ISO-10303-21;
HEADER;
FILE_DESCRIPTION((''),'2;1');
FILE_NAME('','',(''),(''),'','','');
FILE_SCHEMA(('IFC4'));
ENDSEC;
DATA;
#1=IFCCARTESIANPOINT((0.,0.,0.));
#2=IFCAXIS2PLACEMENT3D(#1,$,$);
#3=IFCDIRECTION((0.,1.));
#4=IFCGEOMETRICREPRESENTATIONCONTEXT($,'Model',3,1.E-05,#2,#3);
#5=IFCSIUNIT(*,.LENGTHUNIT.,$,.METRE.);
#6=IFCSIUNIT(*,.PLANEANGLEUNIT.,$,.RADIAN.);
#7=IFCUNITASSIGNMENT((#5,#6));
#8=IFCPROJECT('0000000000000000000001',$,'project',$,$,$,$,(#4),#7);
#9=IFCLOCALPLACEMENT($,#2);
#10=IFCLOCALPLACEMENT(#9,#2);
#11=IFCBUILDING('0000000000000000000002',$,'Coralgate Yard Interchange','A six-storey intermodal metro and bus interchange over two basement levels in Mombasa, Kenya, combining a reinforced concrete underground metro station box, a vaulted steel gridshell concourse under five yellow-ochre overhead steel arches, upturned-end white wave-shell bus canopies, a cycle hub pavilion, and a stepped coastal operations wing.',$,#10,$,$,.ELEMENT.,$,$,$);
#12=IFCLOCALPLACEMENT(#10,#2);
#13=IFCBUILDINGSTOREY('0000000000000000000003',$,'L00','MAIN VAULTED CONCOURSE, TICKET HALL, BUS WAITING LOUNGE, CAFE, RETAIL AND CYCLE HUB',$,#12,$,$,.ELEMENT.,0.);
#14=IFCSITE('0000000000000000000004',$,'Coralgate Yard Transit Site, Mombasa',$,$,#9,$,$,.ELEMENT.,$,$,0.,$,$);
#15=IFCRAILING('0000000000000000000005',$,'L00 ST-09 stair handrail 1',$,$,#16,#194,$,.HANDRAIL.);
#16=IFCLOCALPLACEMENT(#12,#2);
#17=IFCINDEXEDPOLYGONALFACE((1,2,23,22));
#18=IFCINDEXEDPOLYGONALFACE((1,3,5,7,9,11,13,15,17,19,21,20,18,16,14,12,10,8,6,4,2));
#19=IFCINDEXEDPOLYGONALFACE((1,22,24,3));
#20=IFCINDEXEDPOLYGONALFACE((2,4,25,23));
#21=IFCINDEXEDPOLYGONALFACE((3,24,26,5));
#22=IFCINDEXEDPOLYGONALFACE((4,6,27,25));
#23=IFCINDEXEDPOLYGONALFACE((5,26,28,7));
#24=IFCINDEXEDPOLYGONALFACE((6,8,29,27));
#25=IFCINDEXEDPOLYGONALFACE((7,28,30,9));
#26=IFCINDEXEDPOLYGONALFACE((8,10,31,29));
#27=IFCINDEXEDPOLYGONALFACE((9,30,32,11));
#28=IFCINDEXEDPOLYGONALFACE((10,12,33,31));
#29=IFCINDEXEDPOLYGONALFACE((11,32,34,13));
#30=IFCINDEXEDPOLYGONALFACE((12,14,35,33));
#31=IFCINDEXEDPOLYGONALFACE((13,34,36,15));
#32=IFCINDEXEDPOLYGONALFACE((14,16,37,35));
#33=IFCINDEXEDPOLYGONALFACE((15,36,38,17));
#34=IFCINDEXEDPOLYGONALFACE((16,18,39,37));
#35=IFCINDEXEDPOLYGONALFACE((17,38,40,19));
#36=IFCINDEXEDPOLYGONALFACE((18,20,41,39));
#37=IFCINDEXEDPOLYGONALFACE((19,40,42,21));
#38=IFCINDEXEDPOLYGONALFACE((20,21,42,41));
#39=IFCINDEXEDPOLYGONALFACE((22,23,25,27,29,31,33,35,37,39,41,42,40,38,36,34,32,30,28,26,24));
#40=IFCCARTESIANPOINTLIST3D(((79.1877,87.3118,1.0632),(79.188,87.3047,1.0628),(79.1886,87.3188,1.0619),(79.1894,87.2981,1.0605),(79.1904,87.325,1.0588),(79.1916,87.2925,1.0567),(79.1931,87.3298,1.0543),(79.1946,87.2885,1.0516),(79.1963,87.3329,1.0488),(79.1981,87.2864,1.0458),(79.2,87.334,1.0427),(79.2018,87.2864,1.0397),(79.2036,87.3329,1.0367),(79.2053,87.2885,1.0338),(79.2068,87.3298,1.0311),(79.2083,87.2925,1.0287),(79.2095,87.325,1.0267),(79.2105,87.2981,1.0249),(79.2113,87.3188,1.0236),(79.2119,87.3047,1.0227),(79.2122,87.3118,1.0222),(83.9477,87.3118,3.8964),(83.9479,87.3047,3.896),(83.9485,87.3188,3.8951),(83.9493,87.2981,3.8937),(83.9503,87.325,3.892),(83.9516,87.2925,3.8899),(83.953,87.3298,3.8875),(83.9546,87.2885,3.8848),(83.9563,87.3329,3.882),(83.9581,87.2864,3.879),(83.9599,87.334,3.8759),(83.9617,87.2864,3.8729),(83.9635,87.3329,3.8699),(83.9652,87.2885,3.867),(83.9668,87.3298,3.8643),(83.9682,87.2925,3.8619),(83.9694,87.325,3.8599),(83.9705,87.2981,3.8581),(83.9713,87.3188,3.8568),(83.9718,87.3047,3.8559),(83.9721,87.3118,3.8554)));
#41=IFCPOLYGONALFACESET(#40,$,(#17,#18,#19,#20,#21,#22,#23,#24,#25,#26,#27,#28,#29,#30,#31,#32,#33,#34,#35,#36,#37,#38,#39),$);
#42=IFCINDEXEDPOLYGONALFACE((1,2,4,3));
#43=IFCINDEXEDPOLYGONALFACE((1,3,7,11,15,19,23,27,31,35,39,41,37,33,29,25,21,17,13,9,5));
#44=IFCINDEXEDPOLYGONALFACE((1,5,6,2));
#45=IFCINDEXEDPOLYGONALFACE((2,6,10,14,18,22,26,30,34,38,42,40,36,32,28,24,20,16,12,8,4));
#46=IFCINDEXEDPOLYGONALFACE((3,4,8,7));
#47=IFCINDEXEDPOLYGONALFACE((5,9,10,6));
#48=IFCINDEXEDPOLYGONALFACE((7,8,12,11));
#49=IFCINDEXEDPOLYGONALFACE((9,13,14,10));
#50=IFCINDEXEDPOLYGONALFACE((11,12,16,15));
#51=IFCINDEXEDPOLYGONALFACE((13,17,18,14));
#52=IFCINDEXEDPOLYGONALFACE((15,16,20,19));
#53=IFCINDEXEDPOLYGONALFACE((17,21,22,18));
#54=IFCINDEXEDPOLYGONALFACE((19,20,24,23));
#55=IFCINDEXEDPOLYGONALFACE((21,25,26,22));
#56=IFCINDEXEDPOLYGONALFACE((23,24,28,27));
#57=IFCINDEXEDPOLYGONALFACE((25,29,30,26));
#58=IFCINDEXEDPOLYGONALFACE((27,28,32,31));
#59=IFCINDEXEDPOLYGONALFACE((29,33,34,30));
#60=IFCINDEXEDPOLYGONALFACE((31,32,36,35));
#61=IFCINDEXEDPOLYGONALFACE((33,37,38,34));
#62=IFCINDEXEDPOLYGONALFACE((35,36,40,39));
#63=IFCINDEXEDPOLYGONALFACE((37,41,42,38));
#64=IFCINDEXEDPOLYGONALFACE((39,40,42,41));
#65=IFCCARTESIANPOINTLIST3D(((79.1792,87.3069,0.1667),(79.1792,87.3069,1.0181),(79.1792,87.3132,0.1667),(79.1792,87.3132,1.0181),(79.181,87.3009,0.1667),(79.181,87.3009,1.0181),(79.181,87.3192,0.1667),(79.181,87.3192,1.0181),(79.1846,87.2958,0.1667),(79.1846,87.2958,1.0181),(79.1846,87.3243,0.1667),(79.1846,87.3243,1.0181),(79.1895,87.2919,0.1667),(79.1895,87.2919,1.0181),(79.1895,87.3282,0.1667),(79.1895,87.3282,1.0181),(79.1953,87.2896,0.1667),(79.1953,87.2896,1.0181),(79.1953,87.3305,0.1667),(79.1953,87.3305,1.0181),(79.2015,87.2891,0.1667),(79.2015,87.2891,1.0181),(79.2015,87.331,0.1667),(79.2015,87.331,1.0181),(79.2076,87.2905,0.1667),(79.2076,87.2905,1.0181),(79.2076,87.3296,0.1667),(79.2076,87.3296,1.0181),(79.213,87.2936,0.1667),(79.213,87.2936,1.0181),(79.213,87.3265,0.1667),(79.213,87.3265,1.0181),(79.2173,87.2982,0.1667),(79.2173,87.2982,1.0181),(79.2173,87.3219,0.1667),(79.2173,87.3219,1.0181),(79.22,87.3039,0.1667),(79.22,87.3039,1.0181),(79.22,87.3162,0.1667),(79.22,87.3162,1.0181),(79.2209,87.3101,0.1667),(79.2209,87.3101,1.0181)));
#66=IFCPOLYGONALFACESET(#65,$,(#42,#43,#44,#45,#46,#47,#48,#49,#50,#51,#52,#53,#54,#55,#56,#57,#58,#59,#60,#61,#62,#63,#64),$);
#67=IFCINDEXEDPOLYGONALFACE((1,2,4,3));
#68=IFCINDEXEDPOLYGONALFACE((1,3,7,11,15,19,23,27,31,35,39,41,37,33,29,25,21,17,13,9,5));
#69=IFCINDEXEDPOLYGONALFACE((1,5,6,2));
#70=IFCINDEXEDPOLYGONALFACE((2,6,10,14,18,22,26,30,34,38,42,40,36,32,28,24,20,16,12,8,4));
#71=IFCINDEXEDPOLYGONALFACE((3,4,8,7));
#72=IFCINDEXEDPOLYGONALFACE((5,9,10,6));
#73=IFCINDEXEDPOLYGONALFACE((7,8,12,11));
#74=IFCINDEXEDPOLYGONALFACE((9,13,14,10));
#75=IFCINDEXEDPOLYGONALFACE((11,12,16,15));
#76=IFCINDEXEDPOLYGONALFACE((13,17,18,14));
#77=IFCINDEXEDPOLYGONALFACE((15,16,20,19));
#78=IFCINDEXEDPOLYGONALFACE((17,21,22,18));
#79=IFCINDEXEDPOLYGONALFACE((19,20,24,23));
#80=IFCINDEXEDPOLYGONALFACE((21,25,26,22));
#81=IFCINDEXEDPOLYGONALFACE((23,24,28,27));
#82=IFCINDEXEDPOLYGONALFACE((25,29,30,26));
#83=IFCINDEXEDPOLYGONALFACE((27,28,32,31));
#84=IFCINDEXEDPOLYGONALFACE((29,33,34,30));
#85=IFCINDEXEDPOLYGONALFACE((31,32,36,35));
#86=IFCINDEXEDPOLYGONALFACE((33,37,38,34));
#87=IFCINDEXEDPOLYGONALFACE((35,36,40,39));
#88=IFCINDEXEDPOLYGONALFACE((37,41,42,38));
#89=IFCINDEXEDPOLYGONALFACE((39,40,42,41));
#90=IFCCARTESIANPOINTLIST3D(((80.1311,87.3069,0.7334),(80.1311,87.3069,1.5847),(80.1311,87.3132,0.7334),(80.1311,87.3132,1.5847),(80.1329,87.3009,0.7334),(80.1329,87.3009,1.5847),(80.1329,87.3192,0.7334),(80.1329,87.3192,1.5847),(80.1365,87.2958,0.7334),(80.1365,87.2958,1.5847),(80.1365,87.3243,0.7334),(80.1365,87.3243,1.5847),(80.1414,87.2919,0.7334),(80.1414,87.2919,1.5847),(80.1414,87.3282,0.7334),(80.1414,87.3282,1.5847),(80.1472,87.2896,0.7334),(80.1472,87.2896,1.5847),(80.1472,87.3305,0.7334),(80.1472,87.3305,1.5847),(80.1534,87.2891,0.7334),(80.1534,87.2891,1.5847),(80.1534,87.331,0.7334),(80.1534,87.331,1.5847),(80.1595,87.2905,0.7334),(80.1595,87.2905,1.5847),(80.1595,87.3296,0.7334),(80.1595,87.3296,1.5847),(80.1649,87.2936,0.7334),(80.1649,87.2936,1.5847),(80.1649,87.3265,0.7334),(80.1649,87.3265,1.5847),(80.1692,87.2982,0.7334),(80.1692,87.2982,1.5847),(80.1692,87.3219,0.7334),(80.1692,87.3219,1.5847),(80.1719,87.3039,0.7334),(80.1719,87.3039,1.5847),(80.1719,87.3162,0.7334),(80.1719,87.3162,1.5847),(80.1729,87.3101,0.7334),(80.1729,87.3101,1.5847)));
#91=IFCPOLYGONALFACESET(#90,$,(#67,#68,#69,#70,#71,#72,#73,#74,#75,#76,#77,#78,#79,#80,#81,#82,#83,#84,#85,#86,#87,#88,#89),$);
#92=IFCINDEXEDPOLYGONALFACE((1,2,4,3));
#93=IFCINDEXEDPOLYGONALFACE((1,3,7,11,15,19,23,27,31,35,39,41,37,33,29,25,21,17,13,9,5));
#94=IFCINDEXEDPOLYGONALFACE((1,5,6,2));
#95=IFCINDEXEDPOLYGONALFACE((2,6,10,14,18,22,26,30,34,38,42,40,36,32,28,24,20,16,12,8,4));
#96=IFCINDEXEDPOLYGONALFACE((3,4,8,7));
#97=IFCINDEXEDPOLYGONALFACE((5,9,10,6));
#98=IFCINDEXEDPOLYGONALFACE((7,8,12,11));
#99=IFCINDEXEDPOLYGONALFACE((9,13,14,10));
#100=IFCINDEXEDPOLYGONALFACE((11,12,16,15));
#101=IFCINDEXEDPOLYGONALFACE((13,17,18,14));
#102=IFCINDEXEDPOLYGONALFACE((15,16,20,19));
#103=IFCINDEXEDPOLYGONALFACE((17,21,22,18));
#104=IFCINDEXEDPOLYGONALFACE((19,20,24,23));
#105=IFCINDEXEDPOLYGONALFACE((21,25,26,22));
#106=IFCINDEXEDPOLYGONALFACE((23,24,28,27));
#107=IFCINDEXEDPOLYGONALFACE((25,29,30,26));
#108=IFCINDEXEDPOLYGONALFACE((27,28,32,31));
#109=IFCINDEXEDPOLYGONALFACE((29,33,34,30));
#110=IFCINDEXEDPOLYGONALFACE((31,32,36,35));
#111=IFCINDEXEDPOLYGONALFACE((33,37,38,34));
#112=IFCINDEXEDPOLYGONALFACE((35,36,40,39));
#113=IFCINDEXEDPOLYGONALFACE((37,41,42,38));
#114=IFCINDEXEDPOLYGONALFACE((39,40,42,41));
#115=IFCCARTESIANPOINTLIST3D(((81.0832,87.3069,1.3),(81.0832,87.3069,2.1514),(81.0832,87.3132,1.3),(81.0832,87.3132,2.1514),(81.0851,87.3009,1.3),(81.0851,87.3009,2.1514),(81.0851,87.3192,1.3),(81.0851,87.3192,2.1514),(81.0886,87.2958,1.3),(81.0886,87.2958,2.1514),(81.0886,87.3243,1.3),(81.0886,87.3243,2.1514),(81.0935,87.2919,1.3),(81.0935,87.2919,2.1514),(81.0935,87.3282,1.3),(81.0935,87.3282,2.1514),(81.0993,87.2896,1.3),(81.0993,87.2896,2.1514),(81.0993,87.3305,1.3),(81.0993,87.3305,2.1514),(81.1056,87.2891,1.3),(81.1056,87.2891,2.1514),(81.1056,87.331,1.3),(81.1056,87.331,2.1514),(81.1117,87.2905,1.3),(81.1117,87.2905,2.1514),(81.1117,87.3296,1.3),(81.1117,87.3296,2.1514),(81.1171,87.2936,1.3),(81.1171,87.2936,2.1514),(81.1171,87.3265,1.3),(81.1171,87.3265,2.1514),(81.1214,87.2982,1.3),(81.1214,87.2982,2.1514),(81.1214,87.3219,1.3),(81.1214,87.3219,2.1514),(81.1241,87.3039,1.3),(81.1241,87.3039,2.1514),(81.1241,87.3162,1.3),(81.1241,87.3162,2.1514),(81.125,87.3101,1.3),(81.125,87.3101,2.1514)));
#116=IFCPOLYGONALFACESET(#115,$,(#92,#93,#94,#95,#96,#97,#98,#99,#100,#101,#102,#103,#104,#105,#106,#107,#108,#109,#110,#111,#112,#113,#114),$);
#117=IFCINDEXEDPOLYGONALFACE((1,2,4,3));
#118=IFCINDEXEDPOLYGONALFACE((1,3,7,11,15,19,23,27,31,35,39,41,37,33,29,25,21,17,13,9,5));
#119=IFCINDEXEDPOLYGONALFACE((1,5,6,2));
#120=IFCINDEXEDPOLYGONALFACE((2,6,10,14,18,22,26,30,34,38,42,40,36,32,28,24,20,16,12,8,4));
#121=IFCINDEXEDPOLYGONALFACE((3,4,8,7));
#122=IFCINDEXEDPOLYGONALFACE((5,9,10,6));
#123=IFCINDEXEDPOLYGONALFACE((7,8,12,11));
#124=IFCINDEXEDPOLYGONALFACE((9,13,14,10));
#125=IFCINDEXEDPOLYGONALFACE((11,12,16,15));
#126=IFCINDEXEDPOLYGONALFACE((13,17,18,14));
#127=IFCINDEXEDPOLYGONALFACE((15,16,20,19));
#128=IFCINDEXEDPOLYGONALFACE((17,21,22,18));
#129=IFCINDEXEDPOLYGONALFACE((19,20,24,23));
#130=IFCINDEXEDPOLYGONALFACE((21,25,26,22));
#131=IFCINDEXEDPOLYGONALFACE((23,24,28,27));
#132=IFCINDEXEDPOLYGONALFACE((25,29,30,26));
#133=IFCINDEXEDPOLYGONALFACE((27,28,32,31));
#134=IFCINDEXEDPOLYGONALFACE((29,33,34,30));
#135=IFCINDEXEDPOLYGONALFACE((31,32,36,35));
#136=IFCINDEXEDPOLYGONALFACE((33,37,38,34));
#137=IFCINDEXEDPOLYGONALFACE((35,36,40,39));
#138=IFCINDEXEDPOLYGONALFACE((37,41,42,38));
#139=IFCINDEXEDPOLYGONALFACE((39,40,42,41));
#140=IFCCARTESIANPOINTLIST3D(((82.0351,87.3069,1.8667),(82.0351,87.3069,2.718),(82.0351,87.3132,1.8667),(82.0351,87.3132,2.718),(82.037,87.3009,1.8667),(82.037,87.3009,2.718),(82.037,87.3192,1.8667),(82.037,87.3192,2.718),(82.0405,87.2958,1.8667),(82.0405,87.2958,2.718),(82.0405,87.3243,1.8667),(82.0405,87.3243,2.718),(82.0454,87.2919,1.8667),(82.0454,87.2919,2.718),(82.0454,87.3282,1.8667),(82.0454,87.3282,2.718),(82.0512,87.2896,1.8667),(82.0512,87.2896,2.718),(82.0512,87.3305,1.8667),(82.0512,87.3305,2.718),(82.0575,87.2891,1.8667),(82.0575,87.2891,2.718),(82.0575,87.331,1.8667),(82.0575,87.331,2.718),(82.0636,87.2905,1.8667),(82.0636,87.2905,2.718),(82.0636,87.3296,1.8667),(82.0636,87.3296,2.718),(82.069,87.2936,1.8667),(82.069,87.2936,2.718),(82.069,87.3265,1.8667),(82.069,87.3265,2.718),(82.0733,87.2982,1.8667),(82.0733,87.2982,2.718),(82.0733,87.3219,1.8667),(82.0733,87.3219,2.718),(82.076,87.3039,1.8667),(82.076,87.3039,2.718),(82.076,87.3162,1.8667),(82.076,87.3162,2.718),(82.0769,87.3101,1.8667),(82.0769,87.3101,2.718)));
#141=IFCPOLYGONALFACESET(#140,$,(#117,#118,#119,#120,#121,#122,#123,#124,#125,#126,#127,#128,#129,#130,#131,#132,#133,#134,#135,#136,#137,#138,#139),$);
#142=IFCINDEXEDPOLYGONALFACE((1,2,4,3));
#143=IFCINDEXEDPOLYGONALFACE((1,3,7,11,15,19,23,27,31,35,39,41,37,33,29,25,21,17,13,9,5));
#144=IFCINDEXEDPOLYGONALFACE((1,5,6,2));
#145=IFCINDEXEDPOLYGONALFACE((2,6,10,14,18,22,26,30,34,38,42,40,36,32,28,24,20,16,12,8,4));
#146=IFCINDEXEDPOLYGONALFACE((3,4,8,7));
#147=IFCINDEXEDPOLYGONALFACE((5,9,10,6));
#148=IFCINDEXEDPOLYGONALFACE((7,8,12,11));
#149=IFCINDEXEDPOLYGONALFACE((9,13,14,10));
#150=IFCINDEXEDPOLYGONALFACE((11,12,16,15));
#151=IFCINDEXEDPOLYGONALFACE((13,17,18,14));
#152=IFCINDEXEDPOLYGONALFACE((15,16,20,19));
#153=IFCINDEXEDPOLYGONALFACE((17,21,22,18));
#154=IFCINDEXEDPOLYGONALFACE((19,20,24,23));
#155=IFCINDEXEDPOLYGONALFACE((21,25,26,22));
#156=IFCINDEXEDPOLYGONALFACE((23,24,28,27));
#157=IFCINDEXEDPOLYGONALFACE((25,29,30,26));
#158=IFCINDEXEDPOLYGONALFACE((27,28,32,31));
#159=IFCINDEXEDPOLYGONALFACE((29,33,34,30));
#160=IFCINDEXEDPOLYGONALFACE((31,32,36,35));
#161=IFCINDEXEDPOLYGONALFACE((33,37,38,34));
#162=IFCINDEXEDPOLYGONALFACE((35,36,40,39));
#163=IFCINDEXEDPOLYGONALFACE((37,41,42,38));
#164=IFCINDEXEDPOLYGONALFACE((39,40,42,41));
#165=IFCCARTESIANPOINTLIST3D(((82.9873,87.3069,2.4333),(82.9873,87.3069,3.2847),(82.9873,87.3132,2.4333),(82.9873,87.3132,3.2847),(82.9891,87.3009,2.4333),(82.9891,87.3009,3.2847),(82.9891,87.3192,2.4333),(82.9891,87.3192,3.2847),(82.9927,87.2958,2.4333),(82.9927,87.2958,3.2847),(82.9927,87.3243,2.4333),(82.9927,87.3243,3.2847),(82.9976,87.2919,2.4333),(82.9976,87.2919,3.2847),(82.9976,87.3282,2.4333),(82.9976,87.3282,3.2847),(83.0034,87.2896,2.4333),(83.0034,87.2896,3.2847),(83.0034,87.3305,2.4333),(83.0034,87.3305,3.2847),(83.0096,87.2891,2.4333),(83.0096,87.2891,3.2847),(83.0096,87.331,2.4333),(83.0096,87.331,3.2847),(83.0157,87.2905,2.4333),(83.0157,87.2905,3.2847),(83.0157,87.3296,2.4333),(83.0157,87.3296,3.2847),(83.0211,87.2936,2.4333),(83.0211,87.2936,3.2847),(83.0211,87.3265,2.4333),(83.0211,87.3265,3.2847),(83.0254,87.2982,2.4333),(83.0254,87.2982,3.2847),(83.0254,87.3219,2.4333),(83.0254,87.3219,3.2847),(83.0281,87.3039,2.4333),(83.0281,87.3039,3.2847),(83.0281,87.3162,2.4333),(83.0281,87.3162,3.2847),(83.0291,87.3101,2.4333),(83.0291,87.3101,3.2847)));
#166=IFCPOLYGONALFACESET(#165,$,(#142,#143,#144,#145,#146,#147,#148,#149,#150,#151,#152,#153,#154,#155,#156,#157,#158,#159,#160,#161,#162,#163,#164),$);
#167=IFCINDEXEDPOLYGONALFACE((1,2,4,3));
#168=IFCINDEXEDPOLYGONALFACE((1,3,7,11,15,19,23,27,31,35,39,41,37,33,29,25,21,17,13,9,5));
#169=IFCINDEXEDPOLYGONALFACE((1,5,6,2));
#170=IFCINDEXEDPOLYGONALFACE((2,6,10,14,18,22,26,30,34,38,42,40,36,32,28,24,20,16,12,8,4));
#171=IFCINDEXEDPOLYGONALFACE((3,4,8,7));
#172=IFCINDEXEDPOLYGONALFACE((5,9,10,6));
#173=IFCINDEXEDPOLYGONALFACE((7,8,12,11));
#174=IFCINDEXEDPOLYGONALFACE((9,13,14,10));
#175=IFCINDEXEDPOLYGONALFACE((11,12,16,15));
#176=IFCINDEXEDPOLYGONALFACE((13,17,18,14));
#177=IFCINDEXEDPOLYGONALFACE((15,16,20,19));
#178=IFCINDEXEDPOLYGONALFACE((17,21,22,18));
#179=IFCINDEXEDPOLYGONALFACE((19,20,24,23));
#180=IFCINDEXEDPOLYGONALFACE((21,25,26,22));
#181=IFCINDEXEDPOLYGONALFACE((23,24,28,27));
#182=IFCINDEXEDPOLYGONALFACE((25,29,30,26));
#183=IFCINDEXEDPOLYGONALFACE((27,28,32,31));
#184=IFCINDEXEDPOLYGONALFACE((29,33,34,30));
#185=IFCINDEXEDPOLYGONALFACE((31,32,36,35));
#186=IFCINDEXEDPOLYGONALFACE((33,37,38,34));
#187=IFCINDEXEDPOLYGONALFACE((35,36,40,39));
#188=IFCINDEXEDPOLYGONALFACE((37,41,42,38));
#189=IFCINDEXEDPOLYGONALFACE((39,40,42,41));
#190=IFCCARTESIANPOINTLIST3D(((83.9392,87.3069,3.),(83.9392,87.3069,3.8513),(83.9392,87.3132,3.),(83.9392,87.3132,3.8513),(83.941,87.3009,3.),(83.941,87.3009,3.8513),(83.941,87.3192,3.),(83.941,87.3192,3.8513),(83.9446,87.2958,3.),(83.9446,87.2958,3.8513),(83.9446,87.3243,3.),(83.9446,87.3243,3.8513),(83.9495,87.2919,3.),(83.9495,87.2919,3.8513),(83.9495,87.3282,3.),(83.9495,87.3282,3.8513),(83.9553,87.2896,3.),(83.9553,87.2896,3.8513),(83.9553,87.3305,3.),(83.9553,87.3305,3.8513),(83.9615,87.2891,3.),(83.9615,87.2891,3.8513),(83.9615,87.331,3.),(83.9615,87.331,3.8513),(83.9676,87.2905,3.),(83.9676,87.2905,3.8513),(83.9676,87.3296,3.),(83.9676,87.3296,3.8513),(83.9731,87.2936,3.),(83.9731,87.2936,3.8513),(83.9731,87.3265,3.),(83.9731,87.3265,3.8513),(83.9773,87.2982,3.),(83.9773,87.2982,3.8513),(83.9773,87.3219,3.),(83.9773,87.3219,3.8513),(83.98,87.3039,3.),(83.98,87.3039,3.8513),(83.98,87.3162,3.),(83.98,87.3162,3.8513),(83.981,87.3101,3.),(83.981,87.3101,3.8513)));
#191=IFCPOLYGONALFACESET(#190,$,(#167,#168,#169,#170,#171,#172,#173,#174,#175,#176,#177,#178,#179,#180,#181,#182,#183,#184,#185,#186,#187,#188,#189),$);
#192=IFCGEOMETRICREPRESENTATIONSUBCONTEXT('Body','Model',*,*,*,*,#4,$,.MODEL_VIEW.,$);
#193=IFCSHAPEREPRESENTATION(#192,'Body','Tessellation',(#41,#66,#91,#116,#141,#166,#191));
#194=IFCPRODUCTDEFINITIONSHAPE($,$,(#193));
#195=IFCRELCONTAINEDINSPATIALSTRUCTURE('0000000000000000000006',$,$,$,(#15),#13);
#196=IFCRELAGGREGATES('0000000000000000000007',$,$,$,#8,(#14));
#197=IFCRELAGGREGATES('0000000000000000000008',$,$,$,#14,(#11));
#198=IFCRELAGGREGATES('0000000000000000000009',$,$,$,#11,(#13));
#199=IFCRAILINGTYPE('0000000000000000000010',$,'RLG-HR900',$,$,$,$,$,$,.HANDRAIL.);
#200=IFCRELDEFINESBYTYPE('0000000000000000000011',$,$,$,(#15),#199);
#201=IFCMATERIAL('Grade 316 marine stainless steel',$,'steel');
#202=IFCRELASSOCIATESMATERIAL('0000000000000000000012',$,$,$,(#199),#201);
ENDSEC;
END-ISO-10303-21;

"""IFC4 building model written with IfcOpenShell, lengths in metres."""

from ifc_helpers import new_model, si_unit, direction, frame, origin, origin_2d, place, context, subcontext, project, spatial, circle, extrude, material, type_object, element, save


model = new_model("IFC4")

# Units and contexts
model_context = context("Model", 3, precision=1e-05, world=origin(), true_north=direction((0.0, 1.0)))
body_context = subcontext(model_context, "Body", "Model", "MODEL_VIEW")
ifc_project = project(units=[si_unit("LENGTHUNIT", "METRE"), si_unit("PLANEANGLEUNIT", "RADIAN")], contexts=[model_context])

# Site, building, storey
site_placement = place(None, origin())
site = spatial("IfcSite", under=ifc_project, at=site_placement, Name="Coralgate Yard Transit Site, Mombasa", CompositionType="ELEMENT", RefElevation=0.0)
building_placement = place(site_placement, origin())
building = spatial("IfcBuilding", under=site, at=building_placement, Name="Coralgate Yard Interchange", Description="A six-storey intermodal metro and bus interchange over two basement levels in Mombasa, Kenya, combining a reinforced concrete underground metro station box, a vaulted steel gridshell concourse under five yellow-ochre overhead steel arches, upturned-end white wave-shell bus canopies, a cycle hub pavilion, and a stepped coastal operations wing.", CompositionType="ELEMENT")
storey_placement = place(building_placement, origin())
storey = spatial("IfcBuildingStorey", under=building, at=storey_placement, Name="L00", Description="MAIN VAULTED CONCOURSE, TICKET HALL, BUS WAITING LOUNGE, CAFE, RETAIL AND CYCLE HUB", CompositionType="ELEMENT", Elevation=0.0)

# Railing
ifc_material_1 = material(Name="Grade 316 marine stainless steel", Category="steel")
railing_type_1 = type_object("IfcRailingType", Name="RLG-HR900", PredefinedType="HANDRAIL", material=ifc_material_1)
railing_1_placement = place(storey_placement, frame((79.2, 87.3101, 0.1667)))
element("IfcRailing", 1, at=railing_1_placement, inside=storey, type_object=railing_type_1, Name="L00 ST-09 stair handrail 1", PredefinedType="HANDRAIL", context=body_context, shape_type="SweptSolid", body=[
    extrude(circle(Radius=0.0239, at=origin_2d()), frame((0.0, 0.0, 0.876), z_axis=(0.8593, 0.0, 0.511472), x_axis=(0.0, 1.0, 0.0)), (0.0, 0.0, 1.0), 5.5393),
    extrude(circle(Radius=0.021, at=origin_2d()), origin(), (0.0, 0.0, 1.0), 0.8513),
    extrude(circle(Radius=0.021, at=origin_2d()), frame((0.9519, 0.0, 0.5667)), (0.0, 0.0, 1.0), 0.8513),
    extrude(circle(Radius=0.021, at=origin_2d()), frame((1.9041, 0.0, 1.1333)), (0.0, 0.0, 1.0), 0.8513),
    extrude(circle(Radius=0.021, at=origin_2d()), frame((2.856, 0.0, 1.7)), (0.0, 0.0, 1.0), 0.8513),
    extrude(circle(Radius=0.021, at=origin_2d()), frame((3.8081, 0.0, 2.2666)), (0.0, 0.0, 1.0), 0.8513),
    extrude(circle(Radius=0.021, at=origin_2d()), frame((4.76, 0.0, 2.8333)), (0.0, 0.0, 1.0), 0.8513),
])

save(model, "model.ifc")
